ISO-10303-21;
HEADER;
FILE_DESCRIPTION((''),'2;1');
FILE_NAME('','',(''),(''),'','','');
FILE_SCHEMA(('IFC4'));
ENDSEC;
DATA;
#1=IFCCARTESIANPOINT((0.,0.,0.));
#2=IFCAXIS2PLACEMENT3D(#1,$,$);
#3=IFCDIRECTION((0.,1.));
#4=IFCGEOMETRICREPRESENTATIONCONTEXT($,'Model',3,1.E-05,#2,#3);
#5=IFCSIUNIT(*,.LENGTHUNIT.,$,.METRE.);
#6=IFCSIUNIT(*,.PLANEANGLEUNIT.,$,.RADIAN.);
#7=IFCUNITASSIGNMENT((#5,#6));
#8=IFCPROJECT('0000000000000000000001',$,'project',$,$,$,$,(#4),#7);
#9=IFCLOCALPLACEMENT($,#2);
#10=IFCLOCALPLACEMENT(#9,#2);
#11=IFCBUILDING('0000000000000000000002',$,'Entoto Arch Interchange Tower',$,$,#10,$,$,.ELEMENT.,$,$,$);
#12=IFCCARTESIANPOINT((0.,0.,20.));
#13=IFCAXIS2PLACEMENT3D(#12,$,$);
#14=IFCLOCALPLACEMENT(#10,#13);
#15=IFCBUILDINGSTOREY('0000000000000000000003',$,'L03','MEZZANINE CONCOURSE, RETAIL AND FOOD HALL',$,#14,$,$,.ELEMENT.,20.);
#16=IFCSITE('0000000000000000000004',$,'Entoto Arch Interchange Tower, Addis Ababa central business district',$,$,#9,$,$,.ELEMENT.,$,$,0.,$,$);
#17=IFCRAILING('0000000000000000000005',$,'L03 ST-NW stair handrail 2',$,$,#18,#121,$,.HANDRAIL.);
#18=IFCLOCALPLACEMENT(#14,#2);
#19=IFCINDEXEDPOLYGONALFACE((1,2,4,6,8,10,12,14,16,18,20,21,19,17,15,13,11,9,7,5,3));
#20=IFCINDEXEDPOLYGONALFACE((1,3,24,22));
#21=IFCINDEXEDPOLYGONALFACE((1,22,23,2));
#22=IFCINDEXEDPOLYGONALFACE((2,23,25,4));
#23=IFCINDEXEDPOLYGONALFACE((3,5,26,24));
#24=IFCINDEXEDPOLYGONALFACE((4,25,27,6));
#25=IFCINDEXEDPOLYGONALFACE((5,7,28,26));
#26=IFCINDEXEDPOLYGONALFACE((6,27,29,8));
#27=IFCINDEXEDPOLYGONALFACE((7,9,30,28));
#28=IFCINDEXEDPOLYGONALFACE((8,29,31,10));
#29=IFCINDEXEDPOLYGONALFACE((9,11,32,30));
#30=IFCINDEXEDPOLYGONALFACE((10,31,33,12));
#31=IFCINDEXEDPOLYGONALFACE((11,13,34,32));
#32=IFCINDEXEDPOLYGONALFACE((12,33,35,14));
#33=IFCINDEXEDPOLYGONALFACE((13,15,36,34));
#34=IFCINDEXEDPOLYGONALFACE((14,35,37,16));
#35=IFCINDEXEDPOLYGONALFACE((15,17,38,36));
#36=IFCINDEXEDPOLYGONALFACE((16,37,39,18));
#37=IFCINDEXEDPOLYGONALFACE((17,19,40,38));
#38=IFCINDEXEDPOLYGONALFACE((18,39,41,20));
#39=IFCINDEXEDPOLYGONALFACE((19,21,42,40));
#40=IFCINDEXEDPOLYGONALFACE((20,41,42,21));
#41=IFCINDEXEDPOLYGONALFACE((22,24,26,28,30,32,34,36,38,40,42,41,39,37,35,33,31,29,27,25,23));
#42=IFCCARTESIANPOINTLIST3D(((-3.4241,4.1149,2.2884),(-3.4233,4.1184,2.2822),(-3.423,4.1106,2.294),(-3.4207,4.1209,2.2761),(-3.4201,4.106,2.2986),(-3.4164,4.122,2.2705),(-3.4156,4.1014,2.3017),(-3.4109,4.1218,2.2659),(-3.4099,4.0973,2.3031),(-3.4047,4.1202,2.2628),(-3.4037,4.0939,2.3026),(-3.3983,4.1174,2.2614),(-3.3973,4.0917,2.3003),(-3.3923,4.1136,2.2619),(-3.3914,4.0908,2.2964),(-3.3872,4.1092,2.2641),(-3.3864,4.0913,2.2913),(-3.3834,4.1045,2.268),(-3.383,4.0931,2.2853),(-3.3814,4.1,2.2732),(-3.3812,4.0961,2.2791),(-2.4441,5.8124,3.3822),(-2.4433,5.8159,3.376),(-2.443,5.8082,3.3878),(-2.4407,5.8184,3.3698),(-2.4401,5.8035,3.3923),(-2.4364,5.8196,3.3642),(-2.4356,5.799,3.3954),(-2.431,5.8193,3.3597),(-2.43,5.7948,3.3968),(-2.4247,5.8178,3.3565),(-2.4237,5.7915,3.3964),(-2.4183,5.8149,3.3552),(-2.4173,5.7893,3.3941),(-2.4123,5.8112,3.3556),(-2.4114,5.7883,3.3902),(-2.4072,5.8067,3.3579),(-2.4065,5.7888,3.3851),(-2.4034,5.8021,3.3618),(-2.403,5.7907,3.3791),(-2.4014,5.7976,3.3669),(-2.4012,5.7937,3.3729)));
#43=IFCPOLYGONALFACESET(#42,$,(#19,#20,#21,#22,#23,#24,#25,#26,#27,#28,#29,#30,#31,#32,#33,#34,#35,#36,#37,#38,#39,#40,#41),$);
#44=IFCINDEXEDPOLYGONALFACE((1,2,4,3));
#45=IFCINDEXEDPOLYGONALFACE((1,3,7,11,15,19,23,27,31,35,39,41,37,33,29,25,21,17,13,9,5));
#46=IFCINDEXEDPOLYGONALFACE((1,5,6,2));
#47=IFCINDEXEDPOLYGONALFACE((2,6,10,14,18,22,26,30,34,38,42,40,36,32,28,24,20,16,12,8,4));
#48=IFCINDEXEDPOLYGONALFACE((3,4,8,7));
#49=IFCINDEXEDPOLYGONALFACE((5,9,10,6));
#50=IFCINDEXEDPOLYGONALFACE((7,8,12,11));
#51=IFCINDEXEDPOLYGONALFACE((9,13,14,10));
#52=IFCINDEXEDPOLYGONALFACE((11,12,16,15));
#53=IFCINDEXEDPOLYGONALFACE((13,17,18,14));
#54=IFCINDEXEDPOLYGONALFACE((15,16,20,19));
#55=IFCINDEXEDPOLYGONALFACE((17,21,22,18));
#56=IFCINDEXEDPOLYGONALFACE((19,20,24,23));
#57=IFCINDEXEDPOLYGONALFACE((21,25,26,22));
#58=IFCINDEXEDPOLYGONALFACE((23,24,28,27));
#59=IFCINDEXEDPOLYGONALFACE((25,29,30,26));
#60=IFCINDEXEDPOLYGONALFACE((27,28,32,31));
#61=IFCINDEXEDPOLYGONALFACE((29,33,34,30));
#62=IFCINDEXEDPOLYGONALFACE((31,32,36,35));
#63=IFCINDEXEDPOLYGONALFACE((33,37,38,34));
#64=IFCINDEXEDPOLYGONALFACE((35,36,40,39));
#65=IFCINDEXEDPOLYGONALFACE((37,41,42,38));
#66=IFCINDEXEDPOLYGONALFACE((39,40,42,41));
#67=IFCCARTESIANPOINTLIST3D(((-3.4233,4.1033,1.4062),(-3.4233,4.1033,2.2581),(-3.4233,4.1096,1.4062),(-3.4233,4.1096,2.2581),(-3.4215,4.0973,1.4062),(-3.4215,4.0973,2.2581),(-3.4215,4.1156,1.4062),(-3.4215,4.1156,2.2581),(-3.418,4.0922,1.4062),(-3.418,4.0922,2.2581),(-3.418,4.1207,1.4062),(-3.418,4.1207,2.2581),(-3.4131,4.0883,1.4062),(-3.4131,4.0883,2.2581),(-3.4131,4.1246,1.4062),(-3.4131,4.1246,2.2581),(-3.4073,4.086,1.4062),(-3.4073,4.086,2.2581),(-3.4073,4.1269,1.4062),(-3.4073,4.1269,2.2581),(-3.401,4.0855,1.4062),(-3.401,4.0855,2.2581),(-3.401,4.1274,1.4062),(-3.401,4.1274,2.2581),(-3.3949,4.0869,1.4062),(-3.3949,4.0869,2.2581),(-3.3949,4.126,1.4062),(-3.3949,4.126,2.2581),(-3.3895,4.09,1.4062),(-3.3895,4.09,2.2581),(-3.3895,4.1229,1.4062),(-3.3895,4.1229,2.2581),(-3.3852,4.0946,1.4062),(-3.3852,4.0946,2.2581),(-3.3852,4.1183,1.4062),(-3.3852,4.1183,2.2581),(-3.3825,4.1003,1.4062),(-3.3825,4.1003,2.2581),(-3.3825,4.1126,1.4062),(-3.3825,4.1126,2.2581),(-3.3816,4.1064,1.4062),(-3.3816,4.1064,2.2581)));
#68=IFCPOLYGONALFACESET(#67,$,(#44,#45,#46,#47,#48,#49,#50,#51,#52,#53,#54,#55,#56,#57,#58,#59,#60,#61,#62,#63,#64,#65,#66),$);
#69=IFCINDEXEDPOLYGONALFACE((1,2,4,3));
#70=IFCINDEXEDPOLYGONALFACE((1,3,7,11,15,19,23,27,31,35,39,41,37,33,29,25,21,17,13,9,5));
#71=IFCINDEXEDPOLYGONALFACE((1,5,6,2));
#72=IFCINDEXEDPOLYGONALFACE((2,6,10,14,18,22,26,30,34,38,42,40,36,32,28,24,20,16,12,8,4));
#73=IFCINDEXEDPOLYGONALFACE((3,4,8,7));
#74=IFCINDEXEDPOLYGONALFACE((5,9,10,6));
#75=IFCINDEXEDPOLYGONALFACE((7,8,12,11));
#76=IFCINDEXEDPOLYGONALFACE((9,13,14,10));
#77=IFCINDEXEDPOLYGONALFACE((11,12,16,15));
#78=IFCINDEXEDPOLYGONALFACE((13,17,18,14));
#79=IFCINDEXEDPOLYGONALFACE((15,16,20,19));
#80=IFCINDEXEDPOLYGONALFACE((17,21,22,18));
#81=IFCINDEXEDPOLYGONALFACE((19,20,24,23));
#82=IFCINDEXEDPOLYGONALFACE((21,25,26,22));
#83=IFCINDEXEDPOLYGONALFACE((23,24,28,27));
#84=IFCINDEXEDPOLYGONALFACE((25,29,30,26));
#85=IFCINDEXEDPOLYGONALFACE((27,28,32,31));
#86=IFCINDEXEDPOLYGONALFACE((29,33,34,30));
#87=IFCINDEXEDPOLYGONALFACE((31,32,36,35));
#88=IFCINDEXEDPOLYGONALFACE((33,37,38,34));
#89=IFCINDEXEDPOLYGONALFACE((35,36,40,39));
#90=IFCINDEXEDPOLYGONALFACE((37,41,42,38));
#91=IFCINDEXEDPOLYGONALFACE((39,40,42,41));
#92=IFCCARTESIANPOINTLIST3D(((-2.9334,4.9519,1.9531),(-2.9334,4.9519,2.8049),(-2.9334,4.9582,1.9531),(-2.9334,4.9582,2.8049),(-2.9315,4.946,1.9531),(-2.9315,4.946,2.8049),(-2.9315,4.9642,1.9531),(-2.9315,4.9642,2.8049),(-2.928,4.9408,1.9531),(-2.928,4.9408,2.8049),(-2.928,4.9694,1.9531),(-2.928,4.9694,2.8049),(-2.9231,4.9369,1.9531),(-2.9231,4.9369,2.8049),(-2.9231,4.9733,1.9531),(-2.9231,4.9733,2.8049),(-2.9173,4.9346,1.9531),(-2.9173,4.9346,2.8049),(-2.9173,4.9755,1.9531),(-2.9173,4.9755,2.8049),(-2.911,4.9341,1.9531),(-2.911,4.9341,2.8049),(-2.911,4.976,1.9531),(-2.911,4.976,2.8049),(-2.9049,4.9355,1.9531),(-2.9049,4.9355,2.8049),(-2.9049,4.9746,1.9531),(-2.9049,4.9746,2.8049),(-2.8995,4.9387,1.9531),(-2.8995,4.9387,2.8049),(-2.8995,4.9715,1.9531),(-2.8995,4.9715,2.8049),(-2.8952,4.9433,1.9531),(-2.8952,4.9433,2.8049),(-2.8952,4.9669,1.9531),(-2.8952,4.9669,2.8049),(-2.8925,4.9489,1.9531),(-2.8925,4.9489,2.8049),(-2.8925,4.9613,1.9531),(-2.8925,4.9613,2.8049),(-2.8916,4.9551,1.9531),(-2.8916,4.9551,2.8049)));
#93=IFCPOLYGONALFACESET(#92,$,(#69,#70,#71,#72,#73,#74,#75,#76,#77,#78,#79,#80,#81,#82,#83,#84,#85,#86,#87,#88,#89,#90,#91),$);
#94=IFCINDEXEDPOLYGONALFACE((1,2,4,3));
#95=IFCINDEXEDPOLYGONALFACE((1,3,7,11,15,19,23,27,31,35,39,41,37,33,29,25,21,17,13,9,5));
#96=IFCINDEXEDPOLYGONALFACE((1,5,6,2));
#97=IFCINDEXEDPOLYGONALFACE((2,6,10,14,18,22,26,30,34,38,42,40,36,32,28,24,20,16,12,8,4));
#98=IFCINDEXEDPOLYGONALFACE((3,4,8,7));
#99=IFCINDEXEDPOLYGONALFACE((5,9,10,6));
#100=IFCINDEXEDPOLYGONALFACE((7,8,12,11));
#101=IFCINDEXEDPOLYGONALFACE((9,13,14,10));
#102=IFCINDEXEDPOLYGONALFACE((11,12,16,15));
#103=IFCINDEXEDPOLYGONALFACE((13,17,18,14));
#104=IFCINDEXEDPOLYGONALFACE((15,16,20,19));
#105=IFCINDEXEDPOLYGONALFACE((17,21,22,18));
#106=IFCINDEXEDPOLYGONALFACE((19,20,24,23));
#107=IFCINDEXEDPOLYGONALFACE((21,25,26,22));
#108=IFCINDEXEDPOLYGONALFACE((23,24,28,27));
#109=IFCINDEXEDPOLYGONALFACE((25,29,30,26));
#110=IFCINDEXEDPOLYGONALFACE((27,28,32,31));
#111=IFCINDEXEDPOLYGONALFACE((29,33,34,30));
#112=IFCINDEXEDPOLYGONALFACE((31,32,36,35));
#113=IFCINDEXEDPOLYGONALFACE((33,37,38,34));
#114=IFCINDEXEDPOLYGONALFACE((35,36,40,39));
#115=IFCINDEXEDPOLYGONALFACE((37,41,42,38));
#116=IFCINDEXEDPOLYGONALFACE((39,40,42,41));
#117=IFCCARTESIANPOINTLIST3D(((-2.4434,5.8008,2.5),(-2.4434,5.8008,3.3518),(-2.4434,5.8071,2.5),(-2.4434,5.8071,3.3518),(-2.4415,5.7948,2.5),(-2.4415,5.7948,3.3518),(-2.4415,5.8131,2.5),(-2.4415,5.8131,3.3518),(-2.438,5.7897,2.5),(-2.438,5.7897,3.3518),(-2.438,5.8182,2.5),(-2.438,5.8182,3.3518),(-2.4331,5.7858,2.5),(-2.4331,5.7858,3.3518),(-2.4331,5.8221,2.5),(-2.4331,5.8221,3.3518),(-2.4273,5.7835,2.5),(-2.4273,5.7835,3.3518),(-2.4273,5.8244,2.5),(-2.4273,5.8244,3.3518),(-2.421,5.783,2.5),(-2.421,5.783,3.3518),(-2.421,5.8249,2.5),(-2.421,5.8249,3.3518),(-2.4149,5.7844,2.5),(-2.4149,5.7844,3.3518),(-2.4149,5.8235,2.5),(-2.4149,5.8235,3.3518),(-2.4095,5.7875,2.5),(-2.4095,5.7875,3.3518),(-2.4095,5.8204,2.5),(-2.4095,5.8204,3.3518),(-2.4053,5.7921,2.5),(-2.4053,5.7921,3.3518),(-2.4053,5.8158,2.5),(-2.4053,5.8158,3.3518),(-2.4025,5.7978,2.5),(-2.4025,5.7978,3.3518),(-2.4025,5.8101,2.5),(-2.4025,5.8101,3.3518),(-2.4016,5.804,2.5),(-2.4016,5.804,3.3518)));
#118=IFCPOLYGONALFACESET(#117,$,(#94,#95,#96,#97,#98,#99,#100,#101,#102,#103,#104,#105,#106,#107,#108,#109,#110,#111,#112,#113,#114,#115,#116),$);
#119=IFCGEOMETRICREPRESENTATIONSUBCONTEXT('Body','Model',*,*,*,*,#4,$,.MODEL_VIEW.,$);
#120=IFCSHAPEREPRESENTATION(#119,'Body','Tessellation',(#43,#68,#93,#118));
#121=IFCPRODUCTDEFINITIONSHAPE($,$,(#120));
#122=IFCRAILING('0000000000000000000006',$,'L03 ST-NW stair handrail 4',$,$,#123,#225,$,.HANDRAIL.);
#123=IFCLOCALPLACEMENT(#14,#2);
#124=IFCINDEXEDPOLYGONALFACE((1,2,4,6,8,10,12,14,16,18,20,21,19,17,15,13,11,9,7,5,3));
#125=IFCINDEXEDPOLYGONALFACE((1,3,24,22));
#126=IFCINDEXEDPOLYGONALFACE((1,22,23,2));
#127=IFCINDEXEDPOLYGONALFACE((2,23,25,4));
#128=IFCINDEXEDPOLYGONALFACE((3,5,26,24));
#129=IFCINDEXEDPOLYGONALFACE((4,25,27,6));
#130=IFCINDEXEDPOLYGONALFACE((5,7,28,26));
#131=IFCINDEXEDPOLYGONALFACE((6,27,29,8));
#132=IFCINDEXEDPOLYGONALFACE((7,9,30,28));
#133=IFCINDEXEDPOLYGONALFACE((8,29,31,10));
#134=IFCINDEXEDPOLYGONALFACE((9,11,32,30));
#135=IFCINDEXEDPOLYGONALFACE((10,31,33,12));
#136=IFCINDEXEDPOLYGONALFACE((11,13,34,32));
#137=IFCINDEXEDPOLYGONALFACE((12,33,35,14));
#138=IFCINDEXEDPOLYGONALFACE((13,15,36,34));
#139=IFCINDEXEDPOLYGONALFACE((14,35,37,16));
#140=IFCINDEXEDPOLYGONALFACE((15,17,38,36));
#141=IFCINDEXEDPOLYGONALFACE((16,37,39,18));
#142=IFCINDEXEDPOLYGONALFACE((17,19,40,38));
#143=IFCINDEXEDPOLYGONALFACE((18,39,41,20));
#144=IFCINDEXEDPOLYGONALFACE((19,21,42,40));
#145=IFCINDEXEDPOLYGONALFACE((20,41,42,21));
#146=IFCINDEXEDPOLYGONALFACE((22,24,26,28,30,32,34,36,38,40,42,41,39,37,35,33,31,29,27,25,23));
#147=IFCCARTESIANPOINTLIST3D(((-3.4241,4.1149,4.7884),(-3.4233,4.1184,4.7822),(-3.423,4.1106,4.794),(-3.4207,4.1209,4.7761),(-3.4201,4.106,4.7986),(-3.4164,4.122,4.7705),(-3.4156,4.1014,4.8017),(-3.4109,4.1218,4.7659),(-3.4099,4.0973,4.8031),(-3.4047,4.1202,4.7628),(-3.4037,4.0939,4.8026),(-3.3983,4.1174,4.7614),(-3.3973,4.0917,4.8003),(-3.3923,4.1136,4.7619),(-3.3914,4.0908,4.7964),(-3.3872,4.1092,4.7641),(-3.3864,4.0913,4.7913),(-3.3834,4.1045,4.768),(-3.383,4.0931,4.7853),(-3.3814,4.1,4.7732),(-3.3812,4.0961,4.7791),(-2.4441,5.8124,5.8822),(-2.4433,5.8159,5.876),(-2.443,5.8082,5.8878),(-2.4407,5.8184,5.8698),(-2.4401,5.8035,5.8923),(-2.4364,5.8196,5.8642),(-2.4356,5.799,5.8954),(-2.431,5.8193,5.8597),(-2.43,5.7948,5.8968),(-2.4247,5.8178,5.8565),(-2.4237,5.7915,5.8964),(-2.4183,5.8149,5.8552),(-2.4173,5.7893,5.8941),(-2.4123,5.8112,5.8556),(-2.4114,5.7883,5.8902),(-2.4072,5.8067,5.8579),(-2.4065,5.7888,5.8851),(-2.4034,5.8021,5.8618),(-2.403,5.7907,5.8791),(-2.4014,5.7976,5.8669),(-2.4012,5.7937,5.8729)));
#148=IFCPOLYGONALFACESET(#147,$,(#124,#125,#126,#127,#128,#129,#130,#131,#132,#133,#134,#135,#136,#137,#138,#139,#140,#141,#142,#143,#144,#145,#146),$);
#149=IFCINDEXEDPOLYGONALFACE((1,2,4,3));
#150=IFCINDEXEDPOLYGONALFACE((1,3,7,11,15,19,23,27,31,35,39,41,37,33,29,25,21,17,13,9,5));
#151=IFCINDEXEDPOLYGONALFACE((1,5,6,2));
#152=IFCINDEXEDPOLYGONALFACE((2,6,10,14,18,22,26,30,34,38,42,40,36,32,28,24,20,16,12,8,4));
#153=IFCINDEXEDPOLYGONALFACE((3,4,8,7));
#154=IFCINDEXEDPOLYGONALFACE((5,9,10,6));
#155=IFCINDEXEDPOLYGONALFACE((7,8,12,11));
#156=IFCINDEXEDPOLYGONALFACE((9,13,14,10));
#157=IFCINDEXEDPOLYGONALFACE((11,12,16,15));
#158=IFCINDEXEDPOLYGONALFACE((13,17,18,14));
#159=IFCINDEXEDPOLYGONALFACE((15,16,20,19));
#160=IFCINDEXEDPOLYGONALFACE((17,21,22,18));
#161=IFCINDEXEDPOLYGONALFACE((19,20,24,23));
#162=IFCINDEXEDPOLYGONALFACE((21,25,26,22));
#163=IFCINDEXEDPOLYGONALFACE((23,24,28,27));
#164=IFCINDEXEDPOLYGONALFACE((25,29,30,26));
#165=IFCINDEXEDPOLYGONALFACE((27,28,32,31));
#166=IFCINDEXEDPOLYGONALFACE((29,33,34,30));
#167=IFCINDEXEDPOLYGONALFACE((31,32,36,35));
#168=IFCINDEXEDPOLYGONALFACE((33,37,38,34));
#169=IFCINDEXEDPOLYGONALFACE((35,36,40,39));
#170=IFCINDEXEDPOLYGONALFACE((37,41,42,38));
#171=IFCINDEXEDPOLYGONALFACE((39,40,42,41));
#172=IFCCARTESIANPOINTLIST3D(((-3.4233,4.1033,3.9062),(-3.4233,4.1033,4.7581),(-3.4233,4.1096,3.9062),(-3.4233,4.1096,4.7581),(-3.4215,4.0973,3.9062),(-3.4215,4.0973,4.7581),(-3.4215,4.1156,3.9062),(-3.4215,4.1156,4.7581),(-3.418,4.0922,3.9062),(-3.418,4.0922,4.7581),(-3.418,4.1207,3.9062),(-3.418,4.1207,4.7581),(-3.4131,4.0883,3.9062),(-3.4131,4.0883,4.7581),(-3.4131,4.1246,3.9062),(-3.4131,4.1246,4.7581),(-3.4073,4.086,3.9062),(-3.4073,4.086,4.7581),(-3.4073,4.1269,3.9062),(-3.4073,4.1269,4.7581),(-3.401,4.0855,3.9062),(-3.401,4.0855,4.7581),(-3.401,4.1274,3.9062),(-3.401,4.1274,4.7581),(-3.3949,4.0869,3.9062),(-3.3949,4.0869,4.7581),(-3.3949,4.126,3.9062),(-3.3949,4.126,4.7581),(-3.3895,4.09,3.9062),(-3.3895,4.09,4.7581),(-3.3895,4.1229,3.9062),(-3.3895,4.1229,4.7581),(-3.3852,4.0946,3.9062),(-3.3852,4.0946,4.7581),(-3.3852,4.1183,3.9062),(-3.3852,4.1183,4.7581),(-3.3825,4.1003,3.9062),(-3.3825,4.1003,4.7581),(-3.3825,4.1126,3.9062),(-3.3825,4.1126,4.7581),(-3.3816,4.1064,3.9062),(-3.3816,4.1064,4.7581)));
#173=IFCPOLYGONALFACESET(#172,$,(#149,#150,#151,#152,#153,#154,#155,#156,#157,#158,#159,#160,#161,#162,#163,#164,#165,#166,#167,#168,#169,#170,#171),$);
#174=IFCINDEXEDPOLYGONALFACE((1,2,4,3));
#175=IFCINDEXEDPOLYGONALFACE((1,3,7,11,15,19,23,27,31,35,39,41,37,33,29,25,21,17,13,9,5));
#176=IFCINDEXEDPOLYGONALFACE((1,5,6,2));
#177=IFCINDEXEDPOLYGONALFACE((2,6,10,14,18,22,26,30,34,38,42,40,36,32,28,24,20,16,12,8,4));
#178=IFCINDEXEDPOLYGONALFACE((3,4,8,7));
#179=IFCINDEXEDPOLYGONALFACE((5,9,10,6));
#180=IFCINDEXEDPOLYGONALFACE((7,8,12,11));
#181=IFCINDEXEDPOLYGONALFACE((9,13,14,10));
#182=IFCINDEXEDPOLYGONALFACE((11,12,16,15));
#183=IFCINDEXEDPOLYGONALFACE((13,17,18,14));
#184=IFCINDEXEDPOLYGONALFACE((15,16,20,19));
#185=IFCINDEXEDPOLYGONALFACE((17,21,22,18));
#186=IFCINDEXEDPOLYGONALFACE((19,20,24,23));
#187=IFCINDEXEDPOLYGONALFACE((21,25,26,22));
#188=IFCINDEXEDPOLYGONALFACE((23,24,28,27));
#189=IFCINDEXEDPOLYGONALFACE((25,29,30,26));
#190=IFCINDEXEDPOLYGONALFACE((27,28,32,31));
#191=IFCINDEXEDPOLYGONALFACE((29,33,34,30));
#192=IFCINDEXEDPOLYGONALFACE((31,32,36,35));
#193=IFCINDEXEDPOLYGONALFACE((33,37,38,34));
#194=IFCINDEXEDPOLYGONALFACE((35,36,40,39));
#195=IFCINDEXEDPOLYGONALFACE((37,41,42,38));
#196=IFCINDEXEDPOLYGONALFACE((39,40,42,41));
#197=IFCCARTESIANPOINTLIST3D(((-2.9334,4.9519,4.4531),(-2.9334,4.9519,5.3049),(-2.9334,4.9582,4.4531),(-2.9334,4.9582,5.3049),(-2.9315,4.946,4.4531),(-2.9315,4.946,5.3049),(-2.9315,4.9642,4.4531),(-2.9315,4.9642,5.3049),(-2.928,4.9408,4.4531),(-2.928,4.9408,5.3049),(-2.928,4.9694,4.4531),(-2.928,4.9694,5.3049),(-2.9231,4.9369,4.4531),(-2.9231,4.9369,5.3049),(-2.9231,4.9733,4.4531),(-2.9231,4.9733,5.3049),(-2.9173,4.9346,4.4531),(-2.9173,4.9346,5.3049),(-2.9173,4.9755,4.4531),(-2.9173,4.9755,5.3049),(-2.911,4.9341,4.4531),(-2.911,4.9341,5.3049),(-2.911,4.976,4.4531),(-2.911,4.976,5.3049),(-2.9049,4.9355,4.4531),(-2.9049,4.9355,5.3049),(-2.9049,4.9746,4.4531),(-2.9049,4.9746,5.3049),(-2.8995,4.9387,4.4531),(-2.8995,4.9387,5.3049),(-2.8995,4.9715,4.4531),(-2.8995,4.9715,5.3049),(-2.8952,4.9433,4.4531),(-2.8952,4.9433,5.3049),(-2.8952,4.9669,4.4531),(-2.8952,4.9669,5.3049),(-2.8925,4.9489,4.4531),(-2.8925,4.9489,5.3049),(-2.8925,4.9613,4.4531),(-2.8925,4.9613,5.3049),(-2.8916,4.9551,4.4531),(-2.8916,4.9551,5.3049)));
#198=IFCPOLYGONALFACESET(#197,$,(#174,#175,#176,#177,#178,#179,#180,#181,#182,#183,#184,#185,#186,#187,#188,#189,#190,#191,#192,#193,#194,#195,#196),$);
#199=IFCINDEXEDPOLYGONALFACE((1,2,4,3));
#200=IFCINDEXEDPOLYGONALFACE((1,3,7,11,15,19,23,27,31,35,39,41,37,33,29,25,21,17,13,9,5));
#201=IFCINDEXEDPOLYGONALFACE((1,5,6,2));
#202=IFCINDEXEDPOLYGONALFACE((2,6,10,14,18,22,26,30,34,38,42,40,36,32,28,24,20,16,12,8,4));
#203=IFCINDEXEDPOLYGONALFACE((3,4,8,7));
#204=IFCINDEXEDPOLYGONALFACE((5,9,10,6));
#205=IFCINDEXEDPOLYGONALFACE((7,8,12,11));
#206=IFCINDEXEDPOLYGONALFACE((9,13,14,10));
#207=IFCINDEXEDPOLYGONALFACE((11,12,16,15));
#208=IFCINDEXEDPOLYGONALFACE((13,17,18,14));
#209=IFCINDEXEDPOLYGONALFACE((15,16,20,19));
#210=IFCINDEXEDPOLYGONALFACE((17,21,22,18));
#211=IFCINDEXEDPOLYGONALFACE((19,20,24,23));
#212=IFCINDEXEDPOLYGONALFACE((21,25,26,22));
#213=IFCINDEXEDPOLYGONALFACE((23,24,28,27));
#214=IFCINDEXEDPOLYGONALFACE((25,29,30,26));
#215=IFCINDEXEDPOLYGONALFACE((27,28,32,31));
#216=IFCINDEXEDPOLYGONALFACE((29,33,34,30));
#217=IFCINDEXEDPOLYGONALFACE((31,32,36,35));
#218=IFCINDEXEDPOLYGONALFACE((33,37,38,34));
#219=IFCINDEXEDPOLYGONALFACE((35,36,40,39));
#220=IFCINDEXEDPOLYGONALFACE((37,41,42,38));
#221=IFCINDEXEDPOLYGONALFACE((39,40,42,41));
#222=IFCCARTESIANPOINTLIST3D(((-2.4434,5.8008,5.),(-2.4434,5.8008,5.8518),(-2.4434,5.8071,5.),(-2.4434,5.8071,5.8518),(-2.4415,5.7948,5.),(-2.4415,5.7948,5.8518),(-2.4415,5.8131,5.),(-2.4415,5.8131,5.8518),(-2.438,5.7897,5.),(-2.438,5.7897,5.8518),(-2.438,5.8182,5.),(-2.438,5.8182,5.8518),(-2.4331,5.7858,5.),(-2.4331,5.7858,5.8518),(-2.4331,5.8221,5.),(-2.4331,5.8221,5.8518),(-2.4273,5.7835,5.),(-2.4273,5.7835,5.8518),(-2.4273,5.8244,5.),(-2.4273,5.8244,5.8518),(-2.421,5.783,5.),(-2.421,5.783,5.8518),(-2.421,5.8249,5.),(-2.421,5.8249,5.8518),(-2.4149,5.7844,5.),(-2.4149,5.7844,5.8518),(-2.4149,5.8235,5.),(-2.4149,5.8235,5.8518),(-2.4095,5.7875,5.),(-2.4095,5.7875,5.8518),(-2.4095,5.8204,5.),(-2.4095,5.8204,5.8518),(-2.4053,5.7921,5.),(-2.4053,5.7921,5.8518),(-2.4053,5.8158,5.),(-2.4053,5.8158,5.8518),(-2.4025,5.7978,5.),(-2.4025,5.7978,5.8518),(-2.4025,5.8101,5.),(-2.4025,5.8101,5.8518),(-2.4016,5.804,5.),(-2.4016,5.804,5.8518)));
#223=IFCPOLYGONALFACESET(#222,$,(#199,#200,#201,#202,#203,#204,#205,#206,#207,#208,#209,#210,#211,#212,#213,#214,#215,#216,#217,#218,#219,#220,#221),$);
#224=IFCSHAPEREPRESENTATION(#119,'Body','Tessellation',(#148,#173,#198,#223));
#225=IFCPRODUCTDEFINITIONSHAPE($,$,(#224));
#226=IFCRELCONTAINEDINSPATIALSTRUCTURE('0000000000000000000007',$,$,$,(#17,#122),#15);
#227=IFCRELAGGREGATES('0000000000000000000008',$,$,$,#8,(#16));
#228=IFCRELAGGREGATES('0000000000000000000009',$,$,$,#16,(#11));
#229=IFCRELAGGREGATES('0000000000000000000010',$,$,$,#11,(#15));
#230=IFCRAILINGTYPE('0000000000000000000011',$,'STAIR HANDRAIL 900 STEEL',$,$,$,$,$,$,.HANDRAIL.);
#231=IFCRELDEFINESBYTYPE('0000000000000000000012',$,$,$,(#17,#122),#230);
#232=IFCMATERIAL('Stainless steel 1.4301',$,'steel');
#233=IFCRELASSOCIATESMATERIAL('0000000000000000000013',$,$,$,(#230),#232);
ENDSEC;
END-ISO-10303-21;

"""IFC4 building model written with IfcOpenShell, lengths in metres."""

from ifc_helpers import new_model, si_unit, direction, frame, origin, origin_2d, place, context, subcontext, project, spatial, circle, extrude, material, type_object, element, save


model = new_model("IFC4")

# Units and contexts
model_context = context("Model", 3, precision=1e-05, world=origin(), true_north=direction((0.0, 1.0)))
body_context = subcontext(model_context, "Body", "Model", "MODEL_VIEW")
ifc_project = project(units=[si_unit("LENGTHUNIT", "METRE"), si_unit("PLANEANGLEUNIT", "RADIAN")], contexts=[model_context])

# Site, building, storey
site_placement = place(None, origin())
site = spatial("IfcSite", under=ifc_project, at=site_placement, Name="Entoto Arch Interchange Tower, Addis Ababa central business district", CompositionType="ELEMENT", RefElevation=0.0)
building_placement = place(site_placement, origin())
building = spatial("IfcBuilding", under=site, at=building_placement, Name="Entoto Arch Interchange Tower", CompositionType="ELEMENT")
storey_placement = place(building_placement, frame((0.0, 0.0, 20.0)))
storey = spatial("IfcBuildingStorey", under=building, at=storey_placement, Name="L03", Description="MEZZANINE CONCOURSE, RETAIL AND FOOD HALL", CompositionType="ELEMENT", Elevation=20.0)

# Railings
ifc_material_1 = material(Name="Stainless steel 1.4301", Category="steel")
railing_type_1 = type_object("IfcRailingType", Name="STAIR HANDRAIL 900 STEEL", PredefinedType="HANDRAIL", material=ifc_material_1)
for number, where, name in (
    (1, (-3.4026, 4.1064, 1.4062), "L03 ST-NW stair handrail 2"),
    (2, (-3.4026, 4.1064, 3.9062), "L03 ST-NW stair handrail 4"),
):
    element("IfcRailing", number, at=place(storey_placement, frame(where)), inside=storey, type_object=railing_type_1, Name=name, PredefinedType="HANDRAIL", context=body_context, shape_type="SweptSolid", body=[
        extrude(circle(Radius=0.0239, at=origin_2d()), frame((0.0, 0.0, 0.876), z_axis=(0.436596, 0.756267, 0.487282), x_axis=(-0.866042, 0.49997, 0.0)), (0.0, 0.0, 1.0), 2.2446),
        extrude(circle(Radius=0.021, at=origin_2d()), origin(), (0.0, 0.0, 1.0), 0.8518),
        extrude(circle(Radius=0.021, at=origin_2d()), frame((0.49, 0.8486, 0.5469)), (0.0, 0.0, 1.0), 0.8518),
        extrude(circle(Radius=0.021, at=origin_2d()), frame((0.98, 1.6975, 1.0938)), (0.0, 0.0, 1.0), 0.8518),
    ])

save(model, "model.ifc")
